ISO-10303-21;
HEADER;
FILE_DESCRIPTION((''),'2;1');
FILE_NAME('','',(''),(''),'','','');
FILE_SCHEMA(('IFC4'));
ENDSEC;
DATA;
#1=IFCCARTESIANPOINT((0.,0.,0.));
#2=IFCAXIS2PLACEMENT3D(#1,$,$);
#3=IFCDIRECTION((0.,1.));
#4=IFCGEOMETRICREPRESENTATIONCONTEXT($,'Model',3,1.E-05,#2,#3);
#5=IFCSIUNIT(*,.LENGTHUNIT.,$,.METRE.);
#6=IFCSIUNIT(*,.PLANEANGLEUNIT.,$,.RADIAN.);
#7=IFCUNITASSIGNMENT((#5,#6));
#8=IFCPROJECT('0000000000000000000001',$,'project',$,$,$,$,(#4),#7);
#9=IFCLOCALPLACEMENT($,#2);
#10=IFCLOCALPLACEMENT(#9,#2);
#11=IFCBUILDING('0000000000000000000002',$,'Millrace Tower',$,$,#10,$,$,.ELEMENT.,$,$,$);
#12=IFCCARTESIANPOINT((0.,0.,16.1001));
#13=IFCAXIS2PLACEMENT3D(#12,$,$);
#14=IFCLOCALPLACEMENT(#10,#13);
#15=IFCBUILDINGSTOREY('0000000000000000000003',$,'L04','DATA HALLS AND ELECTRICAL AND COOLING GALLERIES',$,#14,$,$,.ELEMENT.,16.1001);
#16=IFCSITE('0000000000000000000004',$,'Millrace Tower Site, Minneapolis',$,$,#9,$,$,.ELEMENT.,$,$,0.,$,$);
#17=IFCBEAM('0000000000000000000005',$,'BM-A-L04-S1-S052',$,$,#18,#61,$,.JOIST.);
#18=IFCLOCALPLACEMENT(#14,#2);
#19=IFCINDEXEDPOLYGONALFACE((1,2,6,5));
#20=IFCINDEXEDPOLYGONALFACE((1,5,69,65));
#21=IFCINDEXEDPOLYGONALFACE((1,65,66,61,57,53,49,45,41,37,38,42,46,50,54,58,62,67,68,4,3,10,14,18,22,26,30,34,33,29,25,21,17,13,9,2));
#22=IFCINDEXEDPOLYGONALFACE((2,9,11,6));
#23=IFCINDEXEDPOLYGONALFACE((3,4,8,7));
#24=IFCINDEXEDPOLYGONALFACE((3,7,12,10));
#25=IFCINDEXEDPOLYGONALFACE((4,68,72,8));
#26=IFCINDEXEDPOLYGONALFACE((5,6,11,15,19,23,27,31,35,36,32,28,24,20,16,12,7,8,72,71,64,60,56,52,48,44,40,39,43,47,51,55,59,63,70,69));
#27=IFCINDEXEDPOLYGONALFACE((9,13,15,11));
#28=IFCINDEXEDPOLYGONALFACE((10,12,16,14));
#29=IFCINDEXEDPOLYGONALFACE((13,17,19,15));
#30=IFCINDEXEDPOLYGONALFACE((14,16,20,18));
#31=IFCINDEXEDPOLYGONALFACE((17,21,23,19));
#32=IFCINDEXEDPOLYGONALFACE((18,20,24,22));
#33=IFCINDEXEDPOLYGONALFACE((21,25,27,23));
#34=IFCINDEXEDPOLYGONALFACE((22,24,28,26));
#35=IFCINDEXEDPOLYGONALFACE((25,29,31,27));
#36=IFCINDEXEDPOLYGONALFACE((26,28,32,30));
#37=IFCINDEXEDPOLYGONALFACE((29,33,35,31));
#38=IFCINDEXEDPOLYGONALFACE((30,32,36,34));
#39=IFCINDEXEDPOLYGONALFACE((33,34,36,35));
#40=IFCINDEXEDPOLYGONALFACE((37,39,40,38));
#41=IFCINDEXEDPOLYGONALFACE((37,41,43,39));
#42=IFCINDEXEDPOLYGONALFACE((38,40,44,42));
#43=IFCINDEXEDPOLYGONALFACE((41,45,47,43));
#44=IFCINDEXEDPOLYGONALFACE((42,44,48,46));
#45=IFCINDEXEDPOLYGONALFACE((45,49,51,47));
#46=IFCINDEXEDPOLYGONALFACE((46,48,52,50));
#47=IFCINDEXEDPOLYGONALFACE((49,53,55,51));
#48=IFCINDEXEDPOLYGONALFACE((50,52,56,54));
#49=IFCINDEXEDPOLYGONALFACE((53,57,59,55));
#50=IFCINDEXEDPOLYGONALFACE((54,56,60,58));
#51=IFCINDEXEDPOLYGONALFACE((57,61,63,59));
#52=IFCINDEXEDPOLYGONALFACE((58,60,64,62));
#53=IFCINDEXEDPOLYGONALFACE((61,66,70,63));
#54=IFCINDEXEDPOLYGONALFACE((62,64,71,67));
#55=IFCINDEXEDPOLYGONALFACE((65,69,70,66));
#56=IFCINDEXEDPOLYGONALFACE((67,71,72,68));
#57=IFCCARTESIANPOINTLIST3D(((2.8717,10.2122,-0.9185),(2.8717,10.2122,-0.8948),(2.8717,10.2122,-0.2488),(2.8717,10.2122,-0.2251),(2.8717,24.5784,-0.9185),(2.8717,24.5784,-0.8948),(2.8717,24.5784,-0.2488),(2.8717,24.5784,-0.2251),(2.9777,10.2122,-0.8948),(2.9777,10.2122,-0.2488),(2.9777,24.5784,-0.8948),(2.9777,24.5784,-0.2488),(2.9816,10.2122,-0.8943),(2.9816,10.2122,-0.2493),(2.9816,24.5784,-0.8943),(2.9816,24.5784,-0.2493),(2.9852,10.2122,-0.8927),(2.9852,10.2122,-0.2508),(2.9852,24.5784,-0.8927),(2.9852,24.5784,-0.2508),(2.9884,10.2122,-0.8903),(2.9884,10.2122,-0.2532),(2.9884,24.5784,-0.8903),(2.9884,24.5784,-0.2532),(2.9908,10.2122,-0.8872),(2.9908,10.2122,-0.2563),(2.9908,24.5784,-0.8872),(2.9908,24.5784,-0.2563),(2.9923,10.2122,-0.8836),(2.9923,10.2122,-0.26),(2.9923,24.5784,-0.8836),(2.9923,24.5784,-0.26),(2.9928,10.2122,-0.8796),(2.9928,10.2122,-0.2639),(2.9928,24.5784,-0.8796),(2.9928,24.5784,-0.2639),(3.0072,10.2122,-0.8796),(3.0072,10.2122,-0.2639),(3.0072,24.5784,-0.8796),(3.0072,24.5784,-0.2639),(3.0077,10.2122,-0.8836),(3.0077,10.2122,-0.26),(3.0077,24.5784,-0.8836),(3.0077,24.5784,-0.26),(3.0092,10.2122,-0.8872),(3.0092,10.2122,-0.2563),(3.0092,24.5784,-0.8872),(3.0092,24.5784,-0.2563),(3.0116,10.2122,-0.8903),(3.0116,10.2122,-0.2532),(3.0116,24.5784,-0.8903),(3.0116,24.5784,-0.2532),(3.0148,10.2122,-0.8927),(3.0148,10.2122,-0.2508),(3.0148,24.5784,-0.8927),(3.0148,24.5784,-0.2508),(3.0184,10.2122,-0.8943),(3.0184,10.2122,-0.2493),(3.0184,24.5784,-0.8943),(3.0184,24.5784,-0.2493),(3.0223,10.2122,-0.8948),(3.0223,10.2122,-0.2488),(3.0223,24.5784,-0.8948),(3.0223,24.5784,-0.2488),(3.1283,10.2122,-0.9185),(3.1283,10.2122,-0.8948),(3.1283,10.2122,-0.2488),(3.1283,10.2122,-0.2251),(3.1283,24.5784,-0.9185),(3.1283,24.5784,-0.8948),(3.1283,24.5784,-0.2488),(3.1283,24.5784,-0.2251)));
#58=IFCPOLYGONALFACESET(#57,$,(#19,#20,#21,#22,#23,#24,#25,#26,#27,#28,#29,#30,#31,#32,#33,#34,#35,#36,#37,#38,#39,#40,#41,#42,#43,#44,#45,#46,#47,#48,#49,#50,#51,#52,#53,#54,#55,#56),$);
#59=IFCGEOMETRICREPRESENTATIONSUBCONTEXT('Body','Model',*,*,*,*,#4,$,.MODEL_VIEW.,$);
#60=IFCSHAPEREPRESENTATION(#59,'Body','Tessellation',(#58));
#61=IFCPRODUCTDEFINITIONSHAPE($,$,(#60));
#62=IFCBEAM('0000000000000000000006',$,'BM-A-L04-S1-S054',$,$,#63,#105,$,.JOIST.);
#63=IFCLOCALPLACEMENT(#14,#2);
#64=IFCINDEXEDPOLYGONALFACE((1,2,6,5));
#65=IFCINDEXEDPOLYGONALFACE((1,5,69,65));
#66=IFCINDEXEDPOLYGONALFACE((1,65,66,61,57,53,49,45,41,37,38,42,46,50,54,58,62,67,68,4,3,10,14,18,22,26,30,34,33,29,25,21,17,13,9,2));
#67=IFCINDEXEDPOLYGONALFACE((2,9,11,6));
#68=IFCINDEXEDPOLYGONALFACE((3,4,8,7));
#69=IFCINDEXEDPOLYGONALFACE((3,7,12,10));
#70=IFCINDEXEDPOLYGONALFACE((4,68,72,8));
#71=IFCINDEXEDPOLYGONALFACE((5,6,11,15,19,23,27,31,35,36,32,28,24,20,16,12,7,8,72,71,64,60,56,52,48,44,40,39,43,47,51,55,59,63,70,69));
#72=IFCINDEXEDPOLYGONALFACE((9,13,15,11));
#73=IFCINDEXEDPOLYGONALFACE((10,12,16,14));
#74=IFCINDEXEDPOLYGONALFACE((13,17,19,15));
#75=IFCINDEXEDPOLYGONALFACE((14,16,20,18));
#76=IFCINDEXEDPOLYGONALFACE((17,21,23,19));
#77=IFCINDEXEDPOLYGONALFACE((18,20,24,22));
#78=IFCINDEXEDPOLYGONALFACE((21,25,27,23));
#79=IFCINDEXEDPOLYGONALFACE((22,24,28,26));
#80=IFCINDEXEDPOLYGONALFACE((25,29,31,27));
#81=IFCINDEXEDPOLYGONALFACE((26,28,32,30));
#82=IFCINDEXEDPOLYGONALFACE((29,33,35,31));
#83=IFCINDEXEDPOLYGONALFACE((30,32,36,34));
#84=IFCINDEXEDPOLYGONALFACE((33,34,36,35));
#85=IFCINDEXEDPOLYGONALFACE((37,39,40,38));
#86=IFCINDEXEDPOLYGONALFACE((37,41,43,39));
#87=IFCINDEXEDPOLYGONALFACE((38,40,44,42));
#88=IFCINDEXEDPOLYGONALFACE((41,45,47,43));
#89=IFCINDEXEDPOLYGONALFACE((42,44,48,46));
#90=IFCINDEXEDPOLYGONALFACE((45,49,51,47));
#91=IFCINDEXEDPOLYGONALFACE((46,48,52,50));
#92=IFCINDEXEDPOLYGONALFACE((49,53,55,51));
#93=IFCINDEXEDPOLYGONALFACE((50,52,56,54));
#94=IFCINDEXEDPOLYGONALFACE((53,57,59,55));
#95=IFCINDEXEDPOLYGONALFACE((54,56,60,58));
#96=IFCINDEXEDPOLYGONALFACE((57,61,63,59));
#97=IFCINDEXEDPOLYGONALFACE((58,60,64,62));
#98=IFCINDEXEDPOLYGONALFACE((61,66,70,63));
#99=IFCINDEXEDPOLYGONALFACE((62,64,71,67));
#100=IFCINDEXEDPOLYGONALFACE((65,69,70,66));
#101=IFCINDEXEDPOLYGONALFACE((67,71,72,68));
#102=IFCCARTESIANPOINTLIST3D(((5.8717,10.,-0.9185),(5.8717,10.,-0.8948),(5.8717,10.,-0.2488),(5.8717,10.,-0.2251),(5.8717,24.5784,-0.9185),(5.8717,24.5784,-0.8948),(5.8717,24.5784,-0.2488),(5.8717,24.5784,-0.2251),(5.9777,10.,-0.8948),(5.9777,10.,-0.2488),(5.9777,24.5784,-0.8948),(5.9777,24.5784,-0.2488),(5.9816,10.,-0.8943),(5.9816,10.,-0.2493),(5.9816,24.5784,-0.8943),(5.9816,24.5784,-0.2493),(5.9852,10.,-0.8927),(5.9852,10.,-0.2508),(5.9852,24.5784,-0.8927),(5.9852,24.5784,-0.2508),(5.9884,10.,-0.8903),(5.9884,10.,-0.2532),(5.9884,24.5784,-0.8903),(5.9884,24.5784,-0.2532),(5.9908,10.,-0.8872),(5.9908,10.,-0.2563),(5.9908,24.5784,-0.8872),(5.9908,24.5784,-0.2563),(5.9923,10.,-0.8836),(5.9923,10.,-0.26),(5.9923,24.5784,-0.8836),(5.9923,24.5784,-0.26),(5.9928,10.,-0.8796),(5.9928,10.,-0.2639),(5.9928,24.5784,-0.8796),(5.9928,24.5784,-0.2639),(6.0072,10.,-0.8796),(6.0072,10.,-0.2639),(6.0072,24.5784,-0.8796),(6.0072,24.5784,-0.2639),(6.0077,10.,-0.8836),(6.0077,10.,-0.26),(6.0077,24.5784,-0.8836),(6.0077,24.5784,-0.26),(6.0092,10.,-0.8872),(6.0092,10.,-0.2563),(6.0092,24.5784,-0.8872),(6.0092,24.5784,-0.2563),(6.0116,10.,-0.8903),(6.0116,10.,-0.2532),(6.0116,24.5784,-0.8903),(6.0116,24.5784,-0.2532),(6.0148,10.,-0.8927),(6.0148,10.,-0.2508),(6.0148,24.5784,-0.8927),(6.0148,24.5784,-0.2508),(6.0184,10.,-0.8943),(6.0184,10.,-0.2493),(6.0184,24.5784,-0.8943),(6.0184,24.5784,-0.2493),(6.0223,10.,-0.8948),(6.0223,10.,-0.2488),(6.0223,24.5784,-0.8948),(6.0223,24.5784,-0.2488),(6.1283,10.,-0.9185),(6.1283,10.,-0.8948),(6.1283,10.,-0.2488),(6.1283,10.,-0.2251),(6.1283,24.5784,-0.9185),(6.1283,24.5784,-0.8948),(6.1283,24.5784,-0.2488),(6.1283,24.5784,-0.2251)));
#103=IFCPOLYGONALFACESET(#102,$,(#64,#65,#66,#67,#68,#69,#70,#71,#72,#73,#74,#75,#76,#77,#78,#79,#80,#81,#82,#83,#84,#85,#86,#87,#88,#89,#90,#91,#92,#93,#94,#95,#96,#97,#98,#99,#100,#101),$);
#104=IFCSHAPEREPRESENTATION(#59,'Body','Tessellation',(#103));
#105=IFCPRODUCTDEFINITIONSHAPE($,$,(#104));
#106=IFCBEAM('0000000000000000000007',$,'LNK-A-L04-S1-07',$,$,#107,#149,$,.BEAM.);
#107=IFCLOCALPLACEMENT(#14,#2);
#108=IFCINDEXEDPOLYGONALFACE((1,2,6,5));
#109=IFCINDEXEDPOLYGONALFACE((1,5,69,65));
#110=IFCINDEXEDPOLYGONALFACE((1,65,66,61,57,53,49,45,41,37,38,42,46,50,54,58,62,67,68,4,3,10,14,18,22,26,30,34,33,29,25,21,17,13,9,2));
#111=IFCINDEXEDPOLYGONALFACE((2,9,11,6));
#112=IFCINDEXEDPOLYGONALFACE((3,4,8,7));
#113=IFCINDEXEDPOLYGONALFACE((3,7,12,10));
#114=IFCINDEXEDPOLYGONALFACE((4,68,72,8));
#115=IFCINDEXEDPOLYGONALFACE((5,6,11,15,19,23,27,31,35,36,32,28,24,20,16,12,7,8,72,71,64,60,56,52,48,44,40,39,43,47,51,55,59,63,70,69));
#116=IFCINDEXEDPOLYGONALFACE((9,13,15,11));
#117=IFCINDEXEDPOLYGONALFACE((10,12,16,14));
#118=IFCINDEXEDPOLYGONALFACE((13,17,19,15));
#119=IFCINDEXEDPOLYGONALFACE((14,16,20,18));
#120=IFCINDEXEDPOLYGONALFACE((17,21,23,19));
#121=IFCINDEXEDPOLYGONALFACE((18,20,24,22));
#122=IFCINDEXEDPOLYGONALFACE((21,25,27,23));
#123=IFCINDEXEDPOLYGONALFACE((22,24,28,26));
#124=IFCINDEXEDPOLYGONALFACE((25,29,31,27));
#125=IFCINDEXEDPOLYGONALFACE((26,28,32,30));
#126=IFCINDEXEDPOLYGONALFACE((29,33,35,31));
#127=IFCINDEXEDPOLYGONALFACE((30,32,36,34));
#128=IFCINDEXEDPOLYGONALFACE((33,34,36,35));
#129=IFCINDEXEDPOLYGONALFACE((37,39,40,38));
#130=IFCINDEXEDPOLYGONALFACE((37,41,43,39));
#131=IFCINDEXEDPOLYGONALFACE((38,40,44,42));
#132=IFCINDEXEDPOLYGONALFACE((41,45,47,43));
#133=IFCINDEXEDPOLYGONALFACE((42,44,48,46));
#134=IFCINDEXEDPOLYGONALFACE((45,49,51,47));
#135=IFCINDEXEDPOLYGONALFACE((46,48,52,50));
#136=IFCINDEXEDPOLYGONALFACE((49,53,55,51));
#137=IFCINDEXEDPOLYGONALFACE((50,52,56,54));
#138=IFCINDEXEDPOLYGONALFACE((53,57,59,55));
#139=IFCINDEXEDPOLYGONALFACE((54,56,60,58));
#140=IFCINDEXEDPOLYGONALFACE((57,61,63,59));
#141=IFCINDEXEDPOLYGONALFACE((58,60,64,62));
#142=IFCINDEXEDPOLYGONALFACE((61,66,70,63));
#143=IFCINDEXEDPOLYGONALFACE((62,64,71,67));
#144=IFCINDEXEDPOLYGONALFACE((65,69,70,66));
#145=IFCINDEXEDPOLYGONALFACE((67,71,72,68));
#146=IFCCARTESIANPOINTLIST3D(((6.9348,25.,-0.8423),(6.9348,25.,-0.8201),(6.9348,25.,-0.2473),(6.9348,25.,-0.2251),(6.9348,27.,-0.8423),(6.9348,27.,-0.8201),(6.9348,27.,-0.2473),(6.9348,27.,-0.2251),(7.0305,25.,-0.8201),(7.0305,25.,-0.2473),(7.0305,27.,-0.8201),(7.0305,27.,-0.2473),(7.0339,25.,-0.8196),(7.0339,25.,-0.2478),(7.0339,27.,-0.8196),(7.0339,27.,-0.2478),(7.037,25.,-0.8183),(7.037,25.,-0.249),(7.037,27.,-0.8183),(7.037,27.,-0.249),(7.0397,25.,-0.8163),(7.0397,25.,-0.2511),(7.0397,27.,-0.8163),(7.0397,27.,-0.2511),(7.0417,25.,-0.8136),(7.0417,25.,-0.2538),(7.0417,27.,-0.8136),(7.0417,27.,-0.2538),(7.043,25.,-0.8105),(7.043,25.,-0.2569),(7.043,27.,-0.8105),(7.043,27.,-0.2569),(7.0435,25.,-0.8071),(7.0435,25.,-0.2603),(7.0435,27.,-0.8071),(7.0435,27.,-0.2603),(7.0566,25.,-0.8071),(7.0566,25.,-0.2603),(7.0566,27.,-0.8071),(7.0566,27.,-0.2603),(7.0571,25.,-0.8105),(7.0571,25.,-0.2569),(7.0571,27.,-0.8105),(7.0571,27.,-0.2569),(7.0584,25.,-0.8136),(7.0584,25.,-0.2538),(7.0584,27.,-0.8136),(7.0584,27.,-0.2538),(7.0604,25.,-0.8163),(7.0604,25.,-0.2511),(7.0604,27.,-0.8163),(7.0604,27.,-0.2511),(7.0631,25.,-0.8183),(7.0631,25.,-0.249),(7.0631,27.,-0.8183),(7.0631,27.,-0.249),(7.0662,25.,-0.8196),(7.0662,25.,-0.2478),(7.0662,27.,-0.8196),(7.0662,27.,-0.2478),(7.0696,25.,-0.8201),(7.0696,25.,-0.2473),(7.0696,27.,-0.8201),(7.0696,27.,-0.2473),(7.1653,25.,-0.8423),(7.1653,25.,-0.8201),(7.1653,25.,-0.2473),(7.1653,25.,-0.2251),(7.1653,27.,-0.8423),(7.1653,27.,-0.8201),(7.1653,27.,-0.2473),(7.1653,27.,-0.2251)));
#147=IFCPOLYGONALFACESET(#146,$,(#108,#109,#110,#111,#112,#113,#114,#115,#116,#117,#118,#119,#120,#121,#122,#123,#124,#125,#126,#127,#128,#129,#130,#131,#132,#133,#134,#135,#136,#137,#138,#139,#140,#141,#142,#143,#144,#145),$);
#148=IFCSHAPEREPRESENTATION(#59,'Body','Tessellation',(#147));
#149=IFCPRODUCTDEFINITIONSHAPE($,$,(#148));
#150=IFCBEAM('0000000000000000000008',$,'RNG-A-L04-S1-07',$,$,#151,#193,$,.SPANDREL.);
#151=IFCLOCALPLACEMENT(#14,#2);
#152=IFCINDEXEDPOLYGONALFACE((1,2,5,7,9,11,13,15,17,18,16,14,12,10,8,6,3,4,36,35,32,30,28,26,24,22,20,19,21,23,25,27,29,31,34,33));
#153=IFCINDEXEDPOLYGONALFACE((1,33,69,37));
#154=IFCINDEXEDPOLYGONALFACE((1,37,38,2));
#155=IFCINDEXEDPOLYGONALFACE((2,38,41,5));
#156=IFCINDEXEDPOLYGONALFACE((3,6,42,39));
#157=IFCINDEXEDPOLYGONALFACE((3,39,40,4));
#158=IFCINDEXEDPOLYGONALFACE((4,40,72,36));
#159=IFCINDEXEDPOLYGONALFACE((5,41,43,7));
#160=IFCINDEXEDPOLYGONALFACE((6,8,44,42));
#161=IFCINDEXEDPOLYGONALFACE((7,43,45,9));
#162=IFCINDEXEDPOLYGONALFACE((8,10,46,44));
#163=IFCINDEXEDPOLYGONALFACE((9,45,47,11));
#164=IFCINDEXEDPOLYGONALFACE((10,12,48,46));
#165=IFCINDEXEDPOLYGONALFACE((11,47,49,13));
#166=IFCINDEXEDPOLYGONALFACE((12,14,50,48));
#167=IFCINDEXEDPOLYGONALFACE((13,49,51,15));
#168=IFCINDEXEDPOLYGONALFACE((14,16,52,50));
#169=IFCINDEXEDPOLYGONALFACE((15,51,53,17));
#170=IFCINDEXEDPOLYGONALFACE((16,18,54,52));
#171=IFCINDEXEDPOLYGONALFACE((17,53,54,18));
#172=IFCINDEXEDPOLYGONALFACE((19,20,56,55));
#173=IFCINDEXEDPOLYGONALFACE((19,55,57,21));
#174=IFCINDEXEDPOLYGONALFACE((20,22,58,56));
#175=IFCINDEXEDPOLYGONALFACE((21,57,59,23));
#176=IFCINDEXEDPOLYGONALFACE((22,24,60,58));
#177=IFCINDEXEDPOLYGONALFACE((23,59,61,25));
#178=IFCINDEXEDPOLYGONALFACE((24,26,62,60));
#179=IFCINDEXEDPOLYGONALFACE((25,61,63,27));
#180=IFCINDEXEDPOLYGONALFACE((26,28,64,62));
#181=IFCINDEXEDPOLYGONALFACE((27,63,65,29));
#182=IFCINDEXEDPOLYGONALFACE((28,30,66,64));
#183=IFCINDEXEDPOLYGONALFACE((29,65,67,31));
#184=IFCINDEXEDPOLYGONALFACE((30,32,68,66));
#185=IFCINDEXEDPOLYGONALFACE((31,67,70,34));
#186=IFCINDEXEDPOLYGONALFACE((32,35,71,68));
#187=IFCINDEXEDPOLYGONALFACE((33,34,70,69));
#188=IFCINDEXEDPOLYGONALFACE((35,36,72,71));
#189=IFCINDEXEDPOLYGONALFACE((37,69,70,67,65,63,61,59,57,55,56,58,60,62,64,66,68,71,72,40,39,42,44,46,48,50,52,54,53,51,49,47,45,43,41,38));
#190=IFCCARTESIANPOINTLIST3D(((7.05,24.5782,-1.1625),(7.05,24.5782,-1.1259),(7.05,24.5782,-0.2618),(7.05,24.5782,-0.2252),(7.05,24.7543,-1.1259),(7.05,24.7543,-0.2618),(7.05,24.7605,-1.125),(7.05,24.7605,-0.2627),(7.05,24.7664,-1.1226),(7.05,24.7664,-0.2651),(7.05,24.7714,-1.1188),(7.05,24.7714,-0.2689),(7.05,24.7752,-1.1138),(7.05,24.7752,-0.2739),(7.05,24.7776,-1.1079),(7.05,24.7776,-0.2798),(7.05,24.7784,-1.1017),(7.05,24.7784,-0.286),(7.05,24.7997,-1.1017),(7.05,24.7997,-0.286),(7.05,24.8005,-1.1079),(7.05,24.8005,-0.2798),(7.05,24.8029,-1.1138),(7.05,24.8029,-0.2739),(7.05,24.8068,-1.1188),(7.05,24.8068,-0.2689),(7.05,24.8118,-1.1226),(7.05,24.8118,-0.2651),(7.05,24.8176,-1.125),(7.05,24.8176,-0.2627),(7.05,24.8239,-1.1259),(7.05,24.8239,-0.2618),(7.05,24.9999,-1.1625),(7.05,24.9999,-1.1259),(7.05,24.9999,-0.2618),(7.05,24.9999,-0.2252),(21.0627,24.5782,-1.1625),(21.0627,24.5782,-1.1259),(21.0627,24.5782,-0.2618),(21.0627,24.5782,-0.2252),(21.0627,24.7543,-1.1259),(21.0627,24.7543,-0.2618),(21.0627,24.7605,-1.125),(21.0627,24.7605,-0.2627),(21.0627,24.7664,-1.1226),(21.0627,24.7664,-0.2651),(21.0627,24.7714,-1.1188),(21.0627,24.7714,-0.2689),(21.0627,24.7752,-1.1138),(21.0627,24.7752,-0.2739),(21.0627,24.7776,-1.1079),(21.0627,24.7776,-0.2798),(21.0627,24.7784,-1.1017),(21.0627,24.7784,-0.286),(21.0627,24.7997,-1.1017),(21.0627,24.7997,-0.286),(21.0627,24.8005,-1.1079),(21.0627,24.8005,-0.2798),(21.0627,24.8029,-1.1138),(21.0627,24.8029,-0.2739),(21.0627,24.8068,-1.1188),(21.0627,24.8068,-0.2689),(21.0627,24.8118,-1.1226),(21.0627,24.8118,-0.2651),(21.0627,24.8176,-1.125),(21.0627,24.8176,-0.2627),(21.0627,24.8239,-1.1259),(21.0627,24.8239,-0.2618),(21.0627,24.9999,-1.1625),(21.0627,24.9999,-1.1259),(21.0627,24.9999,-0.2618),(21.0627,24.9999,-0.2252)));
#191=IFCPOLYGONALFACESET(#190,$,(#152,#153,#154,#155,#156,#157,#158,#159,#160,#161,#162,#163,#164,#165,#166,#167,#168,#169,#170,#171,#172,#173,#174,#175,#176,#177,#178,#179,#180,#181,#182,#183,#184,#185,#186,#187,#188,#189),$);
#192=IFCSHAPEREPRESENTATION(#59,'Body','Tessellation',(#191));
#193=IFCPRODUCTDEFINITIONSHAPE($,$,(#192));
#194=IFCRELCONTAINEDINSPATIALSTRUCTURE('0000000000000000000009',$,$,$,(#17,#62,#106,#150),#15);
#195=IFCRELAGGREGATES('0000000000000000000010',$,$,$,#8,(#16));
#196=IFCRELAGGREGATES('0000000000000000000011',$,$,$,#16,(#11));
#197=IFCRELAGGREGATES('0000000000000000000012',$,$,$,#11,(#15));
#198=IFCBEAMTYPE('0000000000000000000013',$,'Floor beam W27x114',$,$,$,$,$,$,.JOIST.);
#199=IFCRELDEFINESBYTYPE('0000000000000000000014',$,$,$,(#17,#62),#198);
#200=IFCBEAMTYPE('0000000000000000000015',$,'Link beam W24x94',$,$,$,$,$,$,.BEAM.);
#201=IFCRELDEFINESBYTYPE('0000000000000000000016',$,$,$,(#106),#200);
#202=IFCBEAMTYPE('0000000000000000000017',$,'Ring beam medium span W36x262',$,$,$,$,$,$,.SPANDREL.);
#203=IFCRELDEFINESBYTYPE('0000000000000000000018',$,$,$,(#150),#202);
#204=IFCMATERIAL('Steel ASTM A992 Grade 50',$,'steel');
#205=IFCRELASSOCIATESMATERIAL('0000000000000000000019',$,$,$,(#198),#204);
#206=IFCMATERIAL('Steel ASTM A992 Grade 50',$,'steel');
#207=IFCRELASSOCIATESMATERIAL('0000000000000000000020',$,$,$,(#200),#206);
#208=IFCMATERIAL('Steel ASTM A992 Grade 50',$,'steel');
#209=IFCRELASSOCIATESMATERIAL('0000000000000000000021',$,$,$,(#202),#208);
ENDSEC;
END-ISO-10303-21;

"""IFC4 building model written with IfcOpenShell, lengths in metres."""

from ifc_helpers import new_model, si_unit, direction, frame, origin, origin_2d, place, context, subcontext, project, spatial, i_section, extrude, material, material_profile, profile_set, type_object, element, save


model = new_model("IFC4")

# Units and contexts
model_context = context("Model", 3, precision=1e-05, world=origin(), true_north=direction((0.0, 1.0)))
body_context = subcontext(model_context, "Body", "Model", "MODEL_VIEW")
ifc_project = project(units=[si_unit("LENGTHUNIT", "METRE"), si_unit("PLANEANGLEUNIT", "RADIAN")], contexts=[model_context])

# Site, building, storey
site_placement = place(None, origin())
site = spatial("IfcSite", under=ifc_project, at=site_placement, Name="Millrace Tower Site, Minneapolis", CompositionType="ELEMENT", RefElevation=0.0)
building_placement = place(site_placement, origin())
building = spatial("IfcBuilding", under=site, at=building_placement, Name="Millrace Tower", CompositionType="ELEMENT")
storey_placement = place(building_placement, frame((0.0, 0.0, 16.1001)))
storey = spatial("IfcBuildingStorey", under=building, at=storey_placement, Name="L04", Description="DATA HALLS AND ELECTRICAL AND COOLING GALLERIES", CompositionType="ELEMENT", Elevation=16.1001)

# Beams
ifc_material_1 = material(Name="Steel ASTM A992 Grade 50", Category="steel")
ifc_material_profile_1 = material_profile(ifc_material_1, i_section(OverallWidth=0.2566, OverallDepth=0.6934, WebThickness=0.0144, FlangeThickness=0.0237, FilletRadius=0.0151, at=origin_2d()))
ifc_profile_set_1 = profile_set([ifc_material_profile_1], Name="Steel ASTM A992 Grade 50")
beam_type_1 = type_object("IfcBeamType", Name="Floor beam W27x114", PredefinedType="JOIST", material=ifc_profile_set_1)
for number, where, z_axis, x_axis, name in (
    (1, (3.0, 10.2122, -0.5718), (0.0, 1.0, 0.0), (-1.0, 0.0, 0.0), "BM-A-L04-S1-S052"),
):
    element("IfcBeam", number, at=place(storey_placement, frame(where, z_axis=z_axis, x_axis=x_axis)), inside=storey, type_object=beam_type_1, Name=name, PredefinedType="JOIST", context=body_context, shape_type="SweptSolid", body=[
        extrude(i_section(OverallWidth=0.2566, OverallDepth=0.6934, WebThickness=0.0144, FlangeThickness=0.0237, FilletRadius=0.0151, at=origin_2d()), origin(), (0.0, 0.0, 1.0), 14.3662),
    ])
beam_1_placement = place(storey_placement, frame((6.0, 10.0, -0.5718), z_axis=(0.0, 1.0, 0.0), x_axis=(-1.0, 0.0, 0.0)))
element("IfcBeam", 2, at=beam_1_placement, inside=storey, type_object=beam_type_1, Name="BM-A-L04-S1-S054", PredefinedType="JOIST", context=body_context, shape_type="SweptSolid", body=[
    extrude(i_section(OverallWidth=0.2566, OverallDepth=0.6934, WebThickness=0.0144, FlangeThickness=0.0237, FilletRadius=0.0151, at=origin_2d()), origin(), (0.0, 0.0, 1.0), 14.5784),
])
ifc_material_2 = material(Name="Steel ASTM A992 Grade 50", Category="steel")
ifc_material_profile_2 = material_profile(ifc_material_2, i_section(OverallWidth=0.2305, OverallDepth=0.6172, WebThickness=0.0132, FlangeThickness=0.0222, FilletRadius=0.0129, at=origin_2d()))
ifc_profile_set_2 = profile_set([ifc_material_profile_2], Name="Steel ASTM A992 Grade 50")
beam_type_2 = type_object("IfcBeamType", Name="Link beam W24x94", PredefinedType="BEAM", material=ifc_profile_set_2)
beam_2_placement = place(storey_placement, frame((7.05, 25.0, -0.5337), z_axis=(0.0, 1.0, 0.0), x_axis=(-1.0, 0.0, 0.0)))
element("IfcBeam", 3, at=beam_2_placement, inside=storey, type_object=beam_type_2, Name="LNK-A-L04-S1-07", PredefinedType="BEAM", context=body_context, shape_type="SweptSolid", body=[
    extrude(i_section(OverallWidth=0.2305, OverallDepth=0.6172, WebThickness=0.0132, FlangeThickness=0.0222, FilletRadius=0.0129, at=origin_2d()), origin(), (0.0, 0.0, 1.0), 2.0),
])
ifc_material_3 = material(Name="Steel ASTM A992 Grade 50", Category="steel")
ifc_material_profile_3 = material_profile(ifc_material_3, i_section(OverallWidth=0.4216, OverallDepth=0.9373, WebThickness=0.0212, FlangeThickness=0.0366, FilletRadius=0.0242, at=origin_2d()))
ifc_profile_set_3 = profile_set([ifc_material_profile_3], Name="Steel ASTM A992 Grade 50")
beam_type_3 = type_object("IfcBeamType", Name="Ring beam medium span W36x262", PredefinedType="SPANDREL", material=ifc_profile_set_3)
beam_3_placement = place(storey_placement, frame((7.05, 24.7891, -0.6938), z_axis=(1.0, 0.0, 0.0), x_axis=(0.0, 1.0, 0.0)))
element("IfcBeam", 4, at=beam_3_placement, inside=storey, type_object=beam_type_3, Name="RNG-A-L04-S1-07", PredefinedType="SPANDREL", context=body_context, shape_type="SweptSolid", body=[
    extrude(i_section(OverallWidth=0.4216, OverallDepth=0.9373, WebThickness=0.0212, FlangeThickness=0.0366, FilletRadius=0.0242, at=origin_2d()), origin(), (0.0, 0.0, 1.0), 14.0127),
])

save(model, "model.ifc")
